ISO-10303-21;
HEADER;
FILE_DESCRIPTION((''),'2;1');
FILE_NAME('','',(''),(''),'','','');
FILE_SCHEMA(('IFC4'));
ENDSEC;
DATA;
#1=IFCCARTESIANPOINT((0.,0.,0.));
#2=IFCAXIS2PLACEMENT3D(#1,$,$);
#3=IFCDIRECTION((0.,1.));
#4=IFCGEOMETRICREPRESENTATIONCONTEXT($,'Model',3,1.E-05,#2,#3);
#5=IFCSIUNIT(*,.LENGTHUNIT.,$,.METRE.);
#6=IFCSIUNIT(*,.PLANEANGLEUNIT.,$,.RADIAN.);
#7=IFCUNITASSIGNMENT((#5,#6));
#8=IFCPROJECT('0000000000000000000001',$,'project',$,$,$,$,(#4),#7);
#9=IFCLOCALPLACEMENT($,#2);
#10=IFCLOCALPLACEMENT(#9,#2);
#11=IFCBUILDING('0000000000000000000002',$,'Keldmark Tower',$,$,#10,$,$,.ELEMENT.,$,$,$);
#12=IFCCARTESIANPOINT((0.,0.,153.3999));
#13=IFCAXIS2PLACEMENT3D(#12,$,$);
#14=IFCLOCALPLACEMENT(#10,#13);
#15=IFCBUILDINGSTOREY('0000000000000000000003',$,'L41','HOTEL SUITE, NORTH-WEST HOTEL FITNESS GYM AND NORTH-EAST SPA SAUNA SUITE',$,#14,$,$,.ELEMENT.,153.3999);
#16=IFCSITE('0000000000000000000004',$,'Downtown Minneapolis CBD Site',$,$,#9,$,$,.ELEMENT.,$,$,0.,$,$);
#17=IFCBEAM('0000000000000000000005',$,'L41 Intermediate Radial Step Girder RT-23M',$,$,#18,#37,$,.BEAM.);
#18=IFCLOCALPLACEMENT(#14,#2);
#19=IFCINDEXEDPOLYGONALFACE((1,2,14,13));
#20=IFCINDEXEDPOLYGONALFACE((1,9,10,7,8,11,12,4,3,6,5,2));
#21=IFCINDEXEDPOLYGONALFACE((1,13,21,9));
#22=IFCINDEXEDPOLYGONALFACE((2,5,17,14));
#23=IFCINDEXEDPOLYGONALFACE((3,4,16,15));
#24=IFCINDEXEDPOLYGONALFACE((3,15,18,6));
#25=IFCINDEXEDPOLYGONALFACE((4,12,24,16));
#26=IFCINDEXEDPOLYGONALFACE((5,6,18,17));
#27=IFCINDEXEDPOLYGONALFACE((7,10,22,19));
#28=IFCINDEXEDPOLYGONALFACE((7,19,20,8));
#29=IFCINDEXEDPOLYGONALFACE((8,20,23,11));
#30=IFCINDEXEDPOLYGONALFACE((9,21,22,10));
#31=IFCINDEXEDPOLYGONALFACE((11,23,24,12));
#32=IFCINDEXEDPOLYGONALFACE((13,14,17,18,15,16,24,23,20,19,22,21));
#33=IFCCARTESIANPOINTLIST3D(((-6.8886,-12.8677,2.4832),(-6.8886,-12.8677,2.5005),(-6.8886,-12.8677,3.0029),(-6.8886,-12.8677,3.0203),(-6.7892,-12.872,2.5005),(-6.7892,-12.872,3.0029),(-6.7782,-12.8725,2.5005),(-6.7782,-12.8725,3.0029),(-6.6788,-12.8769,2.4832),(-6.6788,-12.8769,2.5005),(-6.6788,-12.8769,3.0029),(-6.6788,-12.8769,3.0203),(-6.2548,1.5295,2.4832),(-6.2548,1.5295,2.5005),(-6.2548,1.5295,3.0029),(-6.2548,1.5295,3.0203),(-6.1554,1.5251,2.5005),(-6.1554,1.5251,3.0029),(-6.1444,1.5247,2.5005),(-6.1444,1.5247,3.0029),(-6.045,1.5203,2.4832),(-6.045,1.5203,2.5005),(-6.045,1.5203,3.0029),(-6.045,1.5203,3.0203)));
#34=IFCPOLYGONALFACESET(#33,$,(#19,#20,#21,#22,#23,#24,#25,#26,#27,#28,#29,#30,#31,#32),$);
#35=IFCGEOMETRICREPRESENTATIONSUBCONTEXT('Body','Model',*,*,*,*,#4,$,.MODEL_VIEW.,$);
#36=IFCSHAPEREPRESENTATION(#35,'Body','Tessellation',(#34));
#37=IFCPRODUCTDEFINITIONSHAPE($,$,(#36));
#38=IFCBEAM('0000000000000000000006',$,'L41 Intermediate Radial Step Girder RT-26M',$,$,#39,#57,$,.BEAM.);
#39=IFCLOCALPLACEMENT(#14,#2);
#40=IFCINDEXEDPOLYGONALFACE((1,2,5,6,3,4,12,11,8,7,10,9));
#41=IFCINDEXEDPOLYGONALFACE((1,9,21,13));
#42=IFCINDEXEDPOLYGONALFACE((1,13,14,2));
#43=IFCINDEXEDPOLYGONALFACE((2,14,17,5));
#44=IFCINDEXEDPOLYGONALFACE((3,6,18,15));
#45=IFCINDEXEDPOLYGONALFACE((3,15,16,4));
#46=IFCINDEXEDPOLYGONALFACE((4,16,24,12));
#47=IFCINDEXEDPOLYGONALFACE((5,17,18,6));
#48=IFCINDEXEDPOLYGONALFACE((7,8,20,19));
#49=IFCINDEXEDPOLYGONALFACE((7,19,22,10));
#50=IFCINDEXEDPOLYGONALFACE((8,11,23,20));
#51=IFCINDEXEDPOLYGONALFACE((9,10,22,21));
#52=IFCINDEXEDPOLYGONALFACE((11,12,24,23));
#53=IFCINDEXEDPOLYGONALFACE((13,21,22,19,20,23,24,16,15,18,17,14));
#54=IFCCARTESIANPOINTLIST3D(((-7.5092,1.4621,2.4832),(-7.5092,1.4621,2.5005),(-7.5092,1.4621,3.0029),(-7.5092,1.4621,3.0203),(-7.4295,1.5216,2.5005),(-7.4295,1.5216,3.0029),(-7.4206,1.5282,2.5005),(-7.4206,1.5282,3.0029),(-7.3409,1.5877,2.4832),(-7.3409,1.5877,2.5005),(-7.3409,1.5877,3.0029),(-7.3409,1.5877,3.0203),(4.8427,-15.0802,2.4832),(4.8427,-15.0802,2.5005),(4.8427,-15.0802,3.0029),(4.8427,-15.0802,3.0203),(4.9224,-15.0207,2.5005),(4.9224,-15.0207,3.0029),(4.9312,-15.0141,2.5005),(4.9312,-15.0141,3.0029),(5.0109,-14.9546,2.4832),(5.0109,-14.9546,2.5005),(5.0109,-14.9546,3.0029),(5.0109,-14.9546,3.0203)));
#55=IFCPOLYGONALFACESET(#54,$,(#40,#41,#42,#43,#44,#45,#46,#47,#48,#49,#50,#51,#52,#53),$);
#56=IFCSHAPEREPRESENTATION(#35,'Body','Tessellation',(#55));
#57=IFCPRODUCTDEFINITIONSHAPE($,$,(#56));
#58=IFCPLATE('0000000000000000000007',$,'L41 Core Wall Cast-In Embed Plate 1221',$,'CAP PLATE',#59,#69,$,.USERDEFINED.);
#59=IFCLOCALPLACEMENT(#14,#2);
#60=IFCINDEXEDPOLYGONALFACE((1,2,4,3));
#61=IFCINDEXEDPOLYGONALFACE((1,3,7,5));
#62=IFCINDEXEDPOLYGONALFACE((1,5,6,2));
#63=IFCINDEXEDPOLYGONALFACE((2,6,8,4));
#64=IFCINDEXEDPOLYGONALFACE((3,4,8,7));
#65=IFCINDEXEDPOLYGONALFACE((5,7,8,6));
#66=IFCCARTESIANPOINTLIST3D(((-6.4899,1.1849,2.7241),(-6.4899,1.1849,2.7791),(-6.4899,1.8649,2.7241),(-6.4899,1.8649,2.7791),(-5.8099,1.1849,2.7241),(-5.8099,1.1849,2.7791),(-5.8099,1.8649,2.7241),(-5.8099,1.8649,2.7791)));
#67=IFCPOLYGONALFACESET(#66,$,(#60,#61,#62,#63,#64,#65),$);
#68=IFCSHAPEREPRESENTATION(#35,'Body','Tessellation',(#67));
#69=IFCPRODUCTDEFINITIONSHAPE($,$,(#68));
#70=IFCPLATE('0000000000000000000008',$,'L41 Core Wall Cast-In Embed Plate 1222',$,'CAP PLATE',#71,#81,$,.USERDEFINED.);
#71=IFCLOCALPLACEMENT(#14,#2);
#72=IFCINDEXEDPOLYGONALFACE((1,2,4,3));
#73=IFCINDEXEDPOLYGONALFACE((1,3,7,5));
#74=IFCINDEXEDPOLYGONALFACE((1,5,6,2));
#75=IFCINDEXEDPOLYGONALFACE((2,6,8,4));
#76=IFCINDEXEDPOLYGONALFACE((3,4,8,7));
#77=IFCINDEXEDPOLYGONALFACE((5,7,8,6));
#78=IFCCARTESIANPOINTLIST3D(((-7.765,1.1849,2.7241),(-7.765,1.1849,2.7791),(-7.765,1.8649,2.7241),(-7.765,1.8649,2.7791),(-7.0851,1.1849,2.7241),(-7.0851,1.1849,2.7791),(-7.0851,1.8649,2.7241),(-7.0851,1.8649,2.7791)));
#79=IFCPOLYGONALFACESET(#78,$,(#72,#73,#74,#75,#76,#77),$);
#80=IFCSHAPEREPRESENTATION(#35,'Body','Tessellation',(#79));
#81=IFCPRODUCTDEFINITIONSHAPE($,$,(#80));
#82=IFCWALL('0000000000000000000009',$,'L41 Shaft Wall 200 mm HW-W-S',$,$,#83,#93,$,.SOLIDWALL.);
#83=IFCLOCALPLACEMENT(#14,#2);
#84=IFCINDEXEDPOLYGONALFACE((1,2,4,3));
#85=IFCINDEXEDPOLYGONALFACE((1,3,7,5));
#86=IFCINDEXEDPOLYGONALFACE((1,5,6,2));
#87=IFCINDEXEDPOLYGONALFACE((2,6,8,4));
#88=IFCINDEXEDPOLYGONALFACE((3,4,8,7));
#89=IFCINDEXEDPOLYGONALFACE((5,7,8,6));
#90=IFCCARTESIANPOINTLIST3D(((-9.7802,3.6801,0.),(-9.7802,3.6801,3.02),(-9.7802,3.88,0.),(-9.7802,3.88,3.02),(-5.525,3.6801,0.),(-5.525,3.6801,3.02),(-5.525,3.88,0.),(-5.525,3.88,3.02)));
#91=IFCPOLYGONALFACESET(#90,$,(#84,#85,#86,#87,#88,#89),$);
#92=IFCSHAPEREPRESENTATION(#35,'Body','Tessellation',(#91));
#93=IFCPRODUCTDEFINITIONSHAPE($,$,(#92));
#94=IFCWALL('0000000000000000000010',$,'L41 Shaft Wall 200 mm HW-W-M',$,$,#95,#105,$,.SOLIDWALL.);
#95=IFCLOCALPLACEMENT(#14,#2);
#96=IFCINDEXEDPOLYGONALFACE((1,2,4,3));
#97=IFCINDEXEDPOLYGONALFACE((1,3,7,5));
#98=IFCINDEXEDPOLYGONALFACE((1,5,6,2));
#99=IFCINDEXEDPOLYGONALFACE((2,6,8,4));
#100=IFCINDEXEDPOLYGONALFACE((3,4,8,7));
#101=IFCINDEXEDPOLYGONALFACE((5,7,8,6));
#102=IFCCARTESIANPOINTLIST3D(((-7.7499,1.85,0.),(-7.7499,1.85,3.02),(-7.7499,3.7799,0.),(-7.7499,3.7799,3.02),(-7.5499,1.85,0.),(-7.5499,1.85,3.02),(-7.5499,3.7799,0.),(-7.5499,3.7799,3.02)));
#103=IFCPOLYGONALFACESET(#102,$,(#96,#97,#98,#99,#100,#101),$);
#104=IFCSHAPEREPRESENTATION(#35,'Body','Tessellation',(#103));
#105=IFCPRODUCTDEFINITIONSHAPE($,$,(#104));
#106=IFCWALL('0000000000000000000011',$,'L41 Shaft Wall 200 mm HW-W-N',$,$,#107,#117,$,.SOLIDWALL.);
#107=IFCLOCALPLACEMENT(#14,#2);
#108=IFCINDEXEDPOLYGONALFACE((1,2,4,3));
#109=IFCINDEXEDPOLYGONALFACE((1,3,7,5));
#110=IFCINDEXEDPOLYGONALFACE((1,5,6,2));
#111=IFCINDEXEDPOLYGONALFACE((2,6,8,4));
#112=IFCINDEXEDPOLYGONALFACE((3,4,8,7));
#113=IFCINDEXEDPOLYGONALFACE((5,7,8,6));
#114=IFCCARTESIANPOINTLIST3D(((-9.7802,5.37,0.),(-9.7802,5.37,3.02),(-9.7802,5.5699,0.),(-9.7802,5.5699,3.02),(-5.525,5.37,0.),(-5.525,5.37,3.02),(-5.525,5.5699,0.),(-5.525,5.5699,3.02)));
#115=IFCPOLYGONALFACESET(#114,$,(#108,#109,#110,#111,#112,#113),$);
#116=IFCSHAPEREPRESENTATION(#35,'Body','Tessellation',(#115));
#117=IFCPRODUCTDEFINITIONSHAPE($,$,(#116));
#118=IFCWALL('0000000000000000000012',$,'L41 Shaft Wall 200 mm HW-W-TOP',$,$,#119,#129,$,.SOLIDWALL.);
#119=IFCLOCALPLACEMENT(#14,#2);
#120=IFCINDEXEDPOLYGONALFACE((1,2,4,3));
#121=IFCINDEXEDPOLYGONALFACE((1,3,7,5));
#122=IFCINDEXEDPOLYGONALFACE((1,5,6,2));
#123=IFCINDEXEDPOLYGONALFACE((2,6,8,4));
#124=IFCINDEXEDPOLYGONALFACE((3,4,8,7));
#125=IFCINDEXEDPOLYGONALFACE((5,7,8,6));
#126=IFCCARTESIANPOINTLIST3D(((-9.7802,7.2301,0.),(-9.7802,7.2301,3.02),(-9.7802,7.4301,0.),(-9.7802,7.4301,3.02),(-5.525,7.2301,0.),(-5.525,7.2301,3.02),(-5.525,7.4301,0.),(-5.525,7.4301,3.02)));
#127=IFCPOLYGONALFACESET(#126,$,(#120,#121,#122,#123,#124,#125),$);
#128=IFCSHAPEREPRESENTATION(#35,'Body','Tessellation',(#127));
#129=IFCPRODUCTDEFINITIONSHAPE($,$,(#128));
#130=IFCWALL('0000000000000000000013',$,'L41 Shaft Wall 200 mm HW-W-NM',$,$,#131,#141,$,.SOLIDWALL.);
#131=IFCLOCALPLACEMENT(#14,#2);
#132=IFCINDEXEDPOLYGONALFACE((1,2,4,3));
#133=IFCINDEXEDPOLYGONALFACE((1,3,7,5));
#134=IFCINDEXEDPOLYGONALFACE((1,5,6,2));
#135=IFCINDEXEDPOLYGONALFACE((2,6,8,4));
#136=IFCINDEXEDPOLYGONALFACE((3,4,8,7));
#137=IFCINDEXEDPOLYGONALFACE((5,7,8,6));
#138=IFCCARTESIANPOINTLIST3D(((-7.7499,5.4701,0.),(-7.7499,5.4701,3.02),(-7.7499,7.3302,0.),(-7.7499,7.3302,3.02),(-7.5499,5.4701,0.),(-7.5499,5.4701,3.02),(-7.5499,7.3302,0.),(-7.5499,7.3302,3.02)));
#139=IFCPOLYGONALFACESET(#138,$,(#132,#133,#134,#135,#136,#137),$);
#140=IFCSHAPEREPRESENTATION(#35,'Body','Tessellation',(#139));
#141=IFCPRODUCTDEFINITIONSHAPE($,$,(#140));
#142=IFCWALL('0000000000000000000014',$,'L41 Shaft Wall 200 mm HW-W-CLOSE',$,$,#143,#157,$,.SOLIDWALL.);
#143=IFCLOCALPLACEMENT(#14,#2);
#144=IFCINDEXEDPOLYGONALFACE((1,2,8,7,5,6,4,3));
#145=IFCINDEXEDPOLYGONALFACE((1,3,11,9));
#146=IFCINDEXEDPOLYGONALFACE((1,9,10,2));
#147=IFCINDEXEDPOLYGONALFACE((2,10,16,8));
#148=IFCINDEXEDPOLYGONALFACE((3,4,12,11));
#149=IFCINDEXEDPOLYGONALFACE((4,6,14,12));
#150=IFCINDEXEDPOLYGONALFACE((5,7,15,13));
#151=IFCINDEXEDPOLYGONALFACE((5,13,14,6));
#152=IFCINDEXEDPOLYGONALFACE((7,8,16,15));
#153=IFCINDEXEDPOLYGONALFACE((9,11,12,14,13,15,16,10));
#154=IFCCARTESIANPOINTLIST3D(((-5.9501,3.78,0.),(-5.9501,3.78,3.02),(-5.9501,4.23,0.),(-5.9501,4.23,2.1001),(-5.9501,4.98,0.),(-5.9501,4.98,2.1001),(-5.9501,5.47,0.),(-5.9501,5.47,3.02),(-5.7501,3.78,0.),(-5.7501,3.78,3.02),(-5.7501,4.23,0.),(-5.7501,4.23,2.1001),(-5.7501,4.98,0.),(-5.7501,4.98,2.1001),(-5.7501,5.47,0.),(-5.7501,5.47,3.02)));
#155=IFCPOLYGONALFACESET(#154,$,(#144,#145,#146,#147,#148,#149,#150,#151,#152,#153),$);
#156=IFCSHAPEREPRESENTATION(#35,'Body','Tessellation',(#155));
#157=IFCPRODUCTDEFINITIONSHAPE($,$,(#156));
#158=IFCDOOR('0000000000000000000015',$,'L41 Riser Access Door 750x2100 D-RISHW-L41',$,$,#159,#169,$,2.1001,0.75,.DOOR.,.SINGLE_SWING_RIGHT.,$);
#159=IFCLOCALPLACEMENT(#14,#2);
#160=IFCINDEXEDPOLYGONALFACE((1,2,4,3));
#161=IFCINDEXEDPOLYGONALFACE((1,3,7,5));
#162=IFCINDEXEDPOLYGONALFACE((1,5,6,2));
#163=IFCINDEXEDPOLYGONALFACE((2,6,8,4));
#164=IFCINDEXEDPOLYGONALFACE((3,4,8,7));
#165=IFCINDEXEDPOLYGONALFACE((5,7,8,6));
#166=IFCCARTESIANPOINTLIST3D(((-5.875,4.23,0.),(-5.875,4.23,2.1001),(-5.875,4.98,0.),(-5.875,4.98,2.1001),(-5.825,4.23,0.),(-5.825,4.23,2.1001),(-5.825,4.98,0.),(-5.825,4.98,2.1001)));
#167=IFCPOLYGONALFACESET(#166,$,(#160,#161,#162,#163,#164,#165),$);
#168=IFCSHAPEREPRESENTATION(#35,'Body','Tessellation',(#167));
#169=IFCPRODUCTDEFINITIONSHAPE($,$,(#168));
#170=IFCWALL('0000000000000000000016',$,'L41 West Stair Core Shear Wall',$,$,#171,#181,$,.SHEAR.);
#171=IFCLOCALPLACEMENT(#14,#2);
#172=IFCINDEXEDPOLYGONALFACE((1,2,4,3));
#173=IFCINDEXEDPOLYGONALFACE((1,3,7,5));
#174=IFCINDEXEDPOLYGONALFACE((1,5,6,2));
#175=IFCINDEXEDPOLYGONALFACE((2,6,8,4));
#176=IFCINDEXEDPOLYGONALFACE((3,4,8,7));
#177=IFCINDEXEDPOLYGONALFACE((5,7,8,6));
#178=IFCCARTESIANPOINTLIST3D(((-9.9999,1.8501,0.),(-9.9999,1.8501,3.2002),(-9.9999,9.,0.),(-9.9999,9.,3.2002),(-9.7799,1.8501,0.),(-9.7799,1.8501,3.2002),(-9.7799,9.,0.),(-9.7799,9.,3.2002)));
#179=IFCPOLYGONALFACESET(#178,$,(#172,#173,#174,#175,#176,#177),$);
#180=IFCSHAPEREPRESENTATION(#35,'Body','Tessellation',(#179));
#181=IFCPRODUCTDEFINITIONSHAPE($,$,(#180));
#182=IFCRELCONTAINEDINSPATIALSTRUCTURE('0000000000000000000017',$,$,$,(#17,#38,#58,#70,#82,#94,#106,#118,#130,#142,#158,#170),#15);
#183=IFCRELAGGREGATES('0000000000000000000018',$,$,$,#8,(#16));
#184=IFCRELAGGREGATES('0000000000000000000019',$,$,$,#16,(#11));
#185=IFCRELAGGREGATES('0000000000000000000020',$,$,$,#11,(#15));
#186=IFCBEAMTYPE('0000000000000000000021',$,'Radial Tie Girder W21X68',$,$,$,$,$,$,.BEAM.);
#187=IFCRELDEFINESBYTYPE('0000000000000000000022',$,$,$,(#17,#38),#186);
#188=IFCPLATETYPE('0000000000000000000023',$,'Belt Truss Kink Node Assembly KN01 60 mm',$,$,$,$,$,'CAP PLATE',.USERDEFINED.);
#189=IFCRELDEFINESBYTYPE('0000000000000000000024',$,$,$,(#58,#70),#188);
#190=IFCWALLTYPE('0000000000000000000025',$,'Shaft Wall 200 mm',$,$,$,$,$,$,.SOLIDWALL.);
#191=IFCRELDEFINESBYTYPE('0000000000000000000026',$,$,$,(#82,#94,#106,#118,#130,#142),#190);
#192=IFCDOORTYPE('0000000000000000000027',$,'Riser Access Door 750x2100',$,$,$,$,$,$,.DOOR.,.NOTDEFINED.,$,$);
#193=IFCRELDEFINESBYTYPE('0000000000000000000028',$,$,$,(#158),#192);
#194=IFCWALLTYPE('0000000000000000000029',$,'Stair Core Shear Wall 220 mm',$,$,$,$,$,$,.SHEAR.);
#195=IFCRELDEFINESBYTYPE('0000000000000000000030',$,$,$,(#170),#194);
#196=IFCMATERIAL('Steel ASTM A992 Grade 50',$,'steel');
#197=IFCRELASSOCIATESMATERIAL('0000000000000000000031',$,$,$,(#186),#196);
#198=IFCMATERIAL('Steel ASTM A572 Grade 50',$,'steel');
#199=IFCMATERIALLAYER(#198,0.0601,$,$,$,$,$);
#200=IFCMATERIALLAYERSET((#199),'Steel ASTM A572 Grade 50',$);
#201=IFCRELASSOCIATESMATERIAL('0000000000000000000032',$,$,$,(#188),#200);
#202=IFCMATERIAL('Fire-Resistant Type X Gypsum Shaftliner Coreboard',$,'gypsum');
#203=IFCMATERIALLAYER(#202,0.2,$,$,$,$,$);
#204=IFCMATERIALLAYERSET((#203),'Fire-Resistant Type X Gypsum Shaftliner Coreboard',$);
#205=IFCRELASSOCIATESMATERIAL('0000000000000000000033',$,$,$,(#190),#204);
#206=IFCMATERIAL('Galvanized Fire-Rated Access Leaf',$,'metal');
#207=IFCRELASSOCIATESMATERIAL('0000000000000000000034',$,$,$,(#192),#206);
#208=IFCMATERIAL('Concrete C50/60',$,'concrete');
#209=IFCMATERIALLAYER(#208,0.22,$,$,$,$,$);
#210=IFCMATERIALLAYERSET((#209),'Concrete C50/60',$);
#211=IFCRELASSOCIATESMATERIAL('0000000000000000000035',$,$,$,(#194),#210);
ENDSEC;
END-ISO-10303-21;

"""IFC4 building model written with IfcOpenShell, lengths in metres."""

from ifc_helpers import new_model, si_unit, direction, frame, frame_2d, origin, origin_2d, place, context, subcontext, project, spatial, rectangle, i_section, extrude, material, layer, layer_set, material_profile, profile_set, type_object, element, fill, save


model = new_model("IFC4")

# Units and contexts
model_context = context("Model", 3, precision=1e-05, world=origin(), true_north=direction((0.0, 1.0)))
body_context = subcontext(model_context, "Body", "Model", "MODEL_VIEW")
ifc_project = project(units=[si_unit("LENGTHUNIT", "METRE"), si_unit("PLANEANGLEUNIT", "RADIAN")], contexts=[model_context])

# Site, building, storey
site_placement = place(None, origin())
site = spatial("IfcSite", under=ifc_project, at=site_placement, Name="Downtown Minneapolis CBD Site", CompositionType="ELEMENT", RefElevation=0.0)
building_placement = place(site_placement, origin())
building = spatial("IfcBuilding", under=site, at=building_placement, Name="Keldmark Tower", CompositionType="ELEMENT")
storey_placement = place(building_placement, frame((0.0, 0.0, 153.3999)))
storey = spatial("IfcBuildingStorey", under=building, at=storey_placement, Name="L41", Description="HOTEL SUITE, NORTH-WEST HOTEL FITNESS GYM AND NORTH-EAST SPA SAUNA SUITE", CompositionType="ELEMENT", Elevation=153.3999)

# Beams
ifc_material_1 = material(Name="Steel ASTM A992 Grade 50", Category="steel")
ifc_material_profile = material_profile(ifc_material_1, i_section(OverallWidth=0.21, OverallDepth=0.5371, WebThickness=0.011, FlangeThickness=0.0173, at=origin_2d()), Name="W21X68")
ifc_profile_set = profile_set([ifc_material_profile], Name="Steel ASTM A992 Grade 50")
beam_type = type_object("IfcBeamType", Name="Radial Tie Girder W21X68", PredefinedType="BEAM", material=ifc_profile_set)
beam_1_placement = place(storey_placement, frame((-6.1499, 1.5249, 2.7517), z_axis=(-0.043979, -0.999032, 0.0), x_axis=(0.999032, -0.043979, 0.0)))
element("IfcBeam", 1, at=beam_1_placement, inside=storey, type_object=beam_type, Name="L41 Intermediate Radial Step Girder RT-23M", PredefinedType="BEAM", context=body_context, shape_type="SweptSolid", body=[
    extrude(i_section(OverallWidth=0.21, OverallDepth=0.5371, WebThickness=0.011, FlangeThickness=0.0173, at=origin_2d()), origin(), (0.0, 0.0, 1.0), 14.4111),
])
beam_2_placement = place(storey_placement, frame((-7.425, 1.5249, 2.7517), z_axis=(0.598298, -0.801274, 0.0), x_axis=(0.801274, 0.598298, 0.0)))
element("IfcBeam", 2, at=beam_2_placement, inside=storey, type_object=beam_type, Name="L41 Intermediate Radial Step Girder RT-26M", PredefinedType="BEAM", context=body_context, shape_type="SweptSolid", body=[
    extrude(i_section(OverallWidth=0.21, OverallDepth=0.5371, WebThickness=0.011, FlangeThickness=0.0173, at=origin_2d()), origin(), (0.0, 0.0, 1.0), 20.645),
])

# Plates
ifc_material_2 = material(Name="Steel ASTM A572 Grade 50", Category="steel")
ifc_layer_1 = layer(ifc_material_2, 0.0601)
ifc_layer_set_1 = layer_set([ifc_layer_1], Name="Steel ASTM A572 Grade 50")
plate_type = type_object("IfcPlateType", Name="Belt Truss Kink Node Assembly KN01 60 mm", ElementType="CAP PLATE", PredefinedType="USERDEFINED", material=ifc_layer_set_1)
for number, where, z_axis, x_axis, name in (
    (3, (-6.1499, 1.5249, 2.7241), (0.0, 0.0, 1.0), (1.0, 0.0, 0.0), "L41 Core Wall Cast-In Embed Plate 1221"),
    (4, (-7.425, 1.5249, 2.7241), (0.0, 0.0, 1.0), (1.0, 0.0, 0.0), "L41 Core Wall Cast-In Embed Plate 1222"),
):
    element("IfcPlate", number, at=place(storey_placement, frame(where, z_axis=z_axis, x_axis=x_axis)), inside=storey, type_object=plate_type, Name=name, ObjectType="CAP PLATE", PredefinedType="USERDEFINED", context=body_context, shape_type="SweptSolid", body=[
        extrude(rectangle(XDim=0.6799, YDim=0.6799, at=origin_2d()), origin(), (0.0, 0.0, 1.0), 0.0549),
    ])

# Walls
ifc_material_3 = material(Name="Fire-Resistant Type X Gypsum Shaftliner Coreboard", Category="gypsum")
ifc_layer_2 = layer(ifc_material_3, 0.2)
ifc_layer_set_2 = layer_set([ifc_layer_2], Name="Fire-Resistant Type X Gypsum Shaftliner Coreboard")
wall_type_1 = type_object("IfcWallType", Name="Shaft Wall 200 mm", PredefinedType="SOLIDWALL", material=ifc_layer_set_2)
wall_1_placement = place(storey_placement, frame((-9.78, 3.78, 0.0), z_axis=(0.0, 0.0, 1.0), x_axis=(1.0, 0.0, 0.0)))
element("IfcWall", 5, at=wall_1_placement, inside=storey, type_object=wall_type_1, Name="L41 Shaft Wall 200 mm HW-W-S", PredefinedType="SOLIDWALL", context=body_context, shape_type="SweptSolid", body=[
    extrude(rectangle(XDim=4.2551, YDim=0.2, at=frame_2d((2.1274, 0.0))), origin(), (0.0, 0.0, 1.0), 3.02),
])
wall_2_placement = place(storey_placement, frame((-7.6499, 1.8501, 0.0), z_axis=(0.0, 0.0, 1.0), x_axis=(0.0, 1.0, 0.0)))
element("IfcWall", 6, at=wall_2_placement, inside=storey, type_object=wall_type_1, Name="L41 Shaft Wall 200 mm HW-W-M", PredefinedType="SOLIDWALL", context=body_context, shape_type="SweptSolid", body=[
    extrude(rectangle(XDim=1.9299, YDim=0.2, at=frame_2d((0.9648, 0.0))), origin(), (0.0, 0.0, 1.0), 3.02),
])
for number, where, z_axis, x_axis, name in (
    (7, (-9.78, 5.47, 0.0), (0.0, 0.0, 1.0), (1.0, 0.0, 0.0), "L41 Shaft Wall 200 mm HW-W-N"),
    (8, (-9.78, 7.3301, 0.0), (0.0, 0.0, 1.0), (1.0, 0.0, 0.0), "L41 Shaft Wall 200 mm HW-W-TOP"),
):
    element("IfcWall", number, at=place(storey_placement, frame(where, z_axis=z_axis, x_axis=x_axis)), inside=storey, type_object=wall_type_1, Name=name, PredefinedType="SOLIDWALL", context=body_context, shape_type="SweptSolid", body=[
        extrude(rectangle(XDim=4.2551, YDim=0.2, at=frame_2d((2.1274, 0.0))), origin(), (0.0, 0.0, 1.0), 3.02),
    ])
wall_3_placement = place(storey_placement, frame((-7.6499, 5.47, 0.0), z_axis=(0.0, 0.0, 1.0), x_axis=(0.0, 1.0, 0.0)))
element("IfcWall", 9, at=wall_3_placement, inside=storey, type_object=wall_type_1, Name="L41 Shaft Wall 200 mm HW-W-NM", PredefinedType="SOLIDWALL", context=body_context, shape_type="SweptSolid", body=[
    extrude(rectangle(XDim=1.8601, YDim=0.2, at=frame_2d((0.9302, 0.0))), origin(), (0.0, 0.0, 1.0), 3.02),
])

# Wall, opening, door
wall_4_placement = place(storey_placement, frame((-5.8501, 3.78, 0.0), z_axis=(0.0, 0.0, 1.0), x_axis=(0.0, 1.0, 0.0)))
wall_4 = element("IfcWall", 10, at=wall_4_placement, inside=storey, type_object=wall_type_1, Name="L41 Shaft Wall 200 mm HW-W-CLOSE", PredefinedType="SOLIDWALL", context=body_context, shape_type="SweptSolid", body=[
    extrude(rectangle(XDim=1.6899, YDim=0.2, at=frame_2d((0.845, 0.0))), origin(), (0.0, 0.0, 1.0), 3.02),
])
opening_placement = place(wall_4_placement, frame((0.45, 0.0, 0.0)))
opening = element("IfcOpeningElement", 11, at=opening_placement, cuts=wall_4, PredefinedType="OPENING", context=body_context, shape_type="SweptSolid", body=[
    extrude(rectangle(XDim=0.75, YDim=2.1001, at=frame_2d((0.375, 1.05))), frame((0.0, 0.1099, 0.0), z_axis=(0.0, -1.0, 0.0), x_axis=(1.0, 0.0, 0.0)), (0.0, 0.0, 1.0), 0.22),
])
ifc_material_4 = material(Name="Galvanized Fire-Rated Access Leaf", Category="metal")
door_type = type_object("IfcDoorType", Name="Riser Access Door 750x2100", OperationType="NOTDEFINED", PredefinedType="DOOR", material=ifc_material_4)
door_placement = place(opening_placement, origin())
door = element("IfcDoor", 12, at=door_placement, inside=storey, type_object=door_type, Name="L41 Riser Access Door 750x2100 D-RISHW-L41", OperationType="SINGLE_SWING_RIGHT", OverallHeight=2.1001, OverallWidth=0.75, PredefinedType="DOOR", context=body_context, shape_type="SweptSolid", body=[
    extrude(rectangle(XDim=0.75, YDim=2.1001, at=frame_2d((0.375, 1.05))), frame((0.0, 0.0249, 0.0), z_axis=(0.0, -1.0, 0.0), x_axis=(1.0, 0.0, 0.0)), (0.0, 0.0, 1.0), 0.05),
])
fill(opening, door)

# Wall
ifc_material_5 = material(Name="Concrete C50/60", Category="concrete")
ifc_layer_3 = layer(ifc_material_5, 0.22)
ifc_layer_set_3 = layer_set([ifc_layer_3], Name="Concrete C50/60")
wall_type_2 = type_object("IfcWallType", Name="Stair Core Shear Wall 220 mm", PredefinedType="SHEAR", material=ifc_layer_set_3)
wall_5_placement = place(storey_placement, frame((-9.8899, 1.8501, 0.0), z_axis=(0.0, 0.0, 1.0), x_axis=(0.0, 1.0, 0.0)))
element("IfcWall", 13, at=wall_5_placement, inside=storey, type_object=wall_type_2, Name="L41 West Stair Core Shear Wall", PredefinedType="SHEAR", context=body_context, shape_type="SweptSolid", body=[
    extrude(rectangle(XDim=7.1499, YDim=0.22, at=frame_2d((3.575, 0.0))), origin(), (0.0, 0.0, 1.0), 3.2002),
])

save(model, "model.ifc")
